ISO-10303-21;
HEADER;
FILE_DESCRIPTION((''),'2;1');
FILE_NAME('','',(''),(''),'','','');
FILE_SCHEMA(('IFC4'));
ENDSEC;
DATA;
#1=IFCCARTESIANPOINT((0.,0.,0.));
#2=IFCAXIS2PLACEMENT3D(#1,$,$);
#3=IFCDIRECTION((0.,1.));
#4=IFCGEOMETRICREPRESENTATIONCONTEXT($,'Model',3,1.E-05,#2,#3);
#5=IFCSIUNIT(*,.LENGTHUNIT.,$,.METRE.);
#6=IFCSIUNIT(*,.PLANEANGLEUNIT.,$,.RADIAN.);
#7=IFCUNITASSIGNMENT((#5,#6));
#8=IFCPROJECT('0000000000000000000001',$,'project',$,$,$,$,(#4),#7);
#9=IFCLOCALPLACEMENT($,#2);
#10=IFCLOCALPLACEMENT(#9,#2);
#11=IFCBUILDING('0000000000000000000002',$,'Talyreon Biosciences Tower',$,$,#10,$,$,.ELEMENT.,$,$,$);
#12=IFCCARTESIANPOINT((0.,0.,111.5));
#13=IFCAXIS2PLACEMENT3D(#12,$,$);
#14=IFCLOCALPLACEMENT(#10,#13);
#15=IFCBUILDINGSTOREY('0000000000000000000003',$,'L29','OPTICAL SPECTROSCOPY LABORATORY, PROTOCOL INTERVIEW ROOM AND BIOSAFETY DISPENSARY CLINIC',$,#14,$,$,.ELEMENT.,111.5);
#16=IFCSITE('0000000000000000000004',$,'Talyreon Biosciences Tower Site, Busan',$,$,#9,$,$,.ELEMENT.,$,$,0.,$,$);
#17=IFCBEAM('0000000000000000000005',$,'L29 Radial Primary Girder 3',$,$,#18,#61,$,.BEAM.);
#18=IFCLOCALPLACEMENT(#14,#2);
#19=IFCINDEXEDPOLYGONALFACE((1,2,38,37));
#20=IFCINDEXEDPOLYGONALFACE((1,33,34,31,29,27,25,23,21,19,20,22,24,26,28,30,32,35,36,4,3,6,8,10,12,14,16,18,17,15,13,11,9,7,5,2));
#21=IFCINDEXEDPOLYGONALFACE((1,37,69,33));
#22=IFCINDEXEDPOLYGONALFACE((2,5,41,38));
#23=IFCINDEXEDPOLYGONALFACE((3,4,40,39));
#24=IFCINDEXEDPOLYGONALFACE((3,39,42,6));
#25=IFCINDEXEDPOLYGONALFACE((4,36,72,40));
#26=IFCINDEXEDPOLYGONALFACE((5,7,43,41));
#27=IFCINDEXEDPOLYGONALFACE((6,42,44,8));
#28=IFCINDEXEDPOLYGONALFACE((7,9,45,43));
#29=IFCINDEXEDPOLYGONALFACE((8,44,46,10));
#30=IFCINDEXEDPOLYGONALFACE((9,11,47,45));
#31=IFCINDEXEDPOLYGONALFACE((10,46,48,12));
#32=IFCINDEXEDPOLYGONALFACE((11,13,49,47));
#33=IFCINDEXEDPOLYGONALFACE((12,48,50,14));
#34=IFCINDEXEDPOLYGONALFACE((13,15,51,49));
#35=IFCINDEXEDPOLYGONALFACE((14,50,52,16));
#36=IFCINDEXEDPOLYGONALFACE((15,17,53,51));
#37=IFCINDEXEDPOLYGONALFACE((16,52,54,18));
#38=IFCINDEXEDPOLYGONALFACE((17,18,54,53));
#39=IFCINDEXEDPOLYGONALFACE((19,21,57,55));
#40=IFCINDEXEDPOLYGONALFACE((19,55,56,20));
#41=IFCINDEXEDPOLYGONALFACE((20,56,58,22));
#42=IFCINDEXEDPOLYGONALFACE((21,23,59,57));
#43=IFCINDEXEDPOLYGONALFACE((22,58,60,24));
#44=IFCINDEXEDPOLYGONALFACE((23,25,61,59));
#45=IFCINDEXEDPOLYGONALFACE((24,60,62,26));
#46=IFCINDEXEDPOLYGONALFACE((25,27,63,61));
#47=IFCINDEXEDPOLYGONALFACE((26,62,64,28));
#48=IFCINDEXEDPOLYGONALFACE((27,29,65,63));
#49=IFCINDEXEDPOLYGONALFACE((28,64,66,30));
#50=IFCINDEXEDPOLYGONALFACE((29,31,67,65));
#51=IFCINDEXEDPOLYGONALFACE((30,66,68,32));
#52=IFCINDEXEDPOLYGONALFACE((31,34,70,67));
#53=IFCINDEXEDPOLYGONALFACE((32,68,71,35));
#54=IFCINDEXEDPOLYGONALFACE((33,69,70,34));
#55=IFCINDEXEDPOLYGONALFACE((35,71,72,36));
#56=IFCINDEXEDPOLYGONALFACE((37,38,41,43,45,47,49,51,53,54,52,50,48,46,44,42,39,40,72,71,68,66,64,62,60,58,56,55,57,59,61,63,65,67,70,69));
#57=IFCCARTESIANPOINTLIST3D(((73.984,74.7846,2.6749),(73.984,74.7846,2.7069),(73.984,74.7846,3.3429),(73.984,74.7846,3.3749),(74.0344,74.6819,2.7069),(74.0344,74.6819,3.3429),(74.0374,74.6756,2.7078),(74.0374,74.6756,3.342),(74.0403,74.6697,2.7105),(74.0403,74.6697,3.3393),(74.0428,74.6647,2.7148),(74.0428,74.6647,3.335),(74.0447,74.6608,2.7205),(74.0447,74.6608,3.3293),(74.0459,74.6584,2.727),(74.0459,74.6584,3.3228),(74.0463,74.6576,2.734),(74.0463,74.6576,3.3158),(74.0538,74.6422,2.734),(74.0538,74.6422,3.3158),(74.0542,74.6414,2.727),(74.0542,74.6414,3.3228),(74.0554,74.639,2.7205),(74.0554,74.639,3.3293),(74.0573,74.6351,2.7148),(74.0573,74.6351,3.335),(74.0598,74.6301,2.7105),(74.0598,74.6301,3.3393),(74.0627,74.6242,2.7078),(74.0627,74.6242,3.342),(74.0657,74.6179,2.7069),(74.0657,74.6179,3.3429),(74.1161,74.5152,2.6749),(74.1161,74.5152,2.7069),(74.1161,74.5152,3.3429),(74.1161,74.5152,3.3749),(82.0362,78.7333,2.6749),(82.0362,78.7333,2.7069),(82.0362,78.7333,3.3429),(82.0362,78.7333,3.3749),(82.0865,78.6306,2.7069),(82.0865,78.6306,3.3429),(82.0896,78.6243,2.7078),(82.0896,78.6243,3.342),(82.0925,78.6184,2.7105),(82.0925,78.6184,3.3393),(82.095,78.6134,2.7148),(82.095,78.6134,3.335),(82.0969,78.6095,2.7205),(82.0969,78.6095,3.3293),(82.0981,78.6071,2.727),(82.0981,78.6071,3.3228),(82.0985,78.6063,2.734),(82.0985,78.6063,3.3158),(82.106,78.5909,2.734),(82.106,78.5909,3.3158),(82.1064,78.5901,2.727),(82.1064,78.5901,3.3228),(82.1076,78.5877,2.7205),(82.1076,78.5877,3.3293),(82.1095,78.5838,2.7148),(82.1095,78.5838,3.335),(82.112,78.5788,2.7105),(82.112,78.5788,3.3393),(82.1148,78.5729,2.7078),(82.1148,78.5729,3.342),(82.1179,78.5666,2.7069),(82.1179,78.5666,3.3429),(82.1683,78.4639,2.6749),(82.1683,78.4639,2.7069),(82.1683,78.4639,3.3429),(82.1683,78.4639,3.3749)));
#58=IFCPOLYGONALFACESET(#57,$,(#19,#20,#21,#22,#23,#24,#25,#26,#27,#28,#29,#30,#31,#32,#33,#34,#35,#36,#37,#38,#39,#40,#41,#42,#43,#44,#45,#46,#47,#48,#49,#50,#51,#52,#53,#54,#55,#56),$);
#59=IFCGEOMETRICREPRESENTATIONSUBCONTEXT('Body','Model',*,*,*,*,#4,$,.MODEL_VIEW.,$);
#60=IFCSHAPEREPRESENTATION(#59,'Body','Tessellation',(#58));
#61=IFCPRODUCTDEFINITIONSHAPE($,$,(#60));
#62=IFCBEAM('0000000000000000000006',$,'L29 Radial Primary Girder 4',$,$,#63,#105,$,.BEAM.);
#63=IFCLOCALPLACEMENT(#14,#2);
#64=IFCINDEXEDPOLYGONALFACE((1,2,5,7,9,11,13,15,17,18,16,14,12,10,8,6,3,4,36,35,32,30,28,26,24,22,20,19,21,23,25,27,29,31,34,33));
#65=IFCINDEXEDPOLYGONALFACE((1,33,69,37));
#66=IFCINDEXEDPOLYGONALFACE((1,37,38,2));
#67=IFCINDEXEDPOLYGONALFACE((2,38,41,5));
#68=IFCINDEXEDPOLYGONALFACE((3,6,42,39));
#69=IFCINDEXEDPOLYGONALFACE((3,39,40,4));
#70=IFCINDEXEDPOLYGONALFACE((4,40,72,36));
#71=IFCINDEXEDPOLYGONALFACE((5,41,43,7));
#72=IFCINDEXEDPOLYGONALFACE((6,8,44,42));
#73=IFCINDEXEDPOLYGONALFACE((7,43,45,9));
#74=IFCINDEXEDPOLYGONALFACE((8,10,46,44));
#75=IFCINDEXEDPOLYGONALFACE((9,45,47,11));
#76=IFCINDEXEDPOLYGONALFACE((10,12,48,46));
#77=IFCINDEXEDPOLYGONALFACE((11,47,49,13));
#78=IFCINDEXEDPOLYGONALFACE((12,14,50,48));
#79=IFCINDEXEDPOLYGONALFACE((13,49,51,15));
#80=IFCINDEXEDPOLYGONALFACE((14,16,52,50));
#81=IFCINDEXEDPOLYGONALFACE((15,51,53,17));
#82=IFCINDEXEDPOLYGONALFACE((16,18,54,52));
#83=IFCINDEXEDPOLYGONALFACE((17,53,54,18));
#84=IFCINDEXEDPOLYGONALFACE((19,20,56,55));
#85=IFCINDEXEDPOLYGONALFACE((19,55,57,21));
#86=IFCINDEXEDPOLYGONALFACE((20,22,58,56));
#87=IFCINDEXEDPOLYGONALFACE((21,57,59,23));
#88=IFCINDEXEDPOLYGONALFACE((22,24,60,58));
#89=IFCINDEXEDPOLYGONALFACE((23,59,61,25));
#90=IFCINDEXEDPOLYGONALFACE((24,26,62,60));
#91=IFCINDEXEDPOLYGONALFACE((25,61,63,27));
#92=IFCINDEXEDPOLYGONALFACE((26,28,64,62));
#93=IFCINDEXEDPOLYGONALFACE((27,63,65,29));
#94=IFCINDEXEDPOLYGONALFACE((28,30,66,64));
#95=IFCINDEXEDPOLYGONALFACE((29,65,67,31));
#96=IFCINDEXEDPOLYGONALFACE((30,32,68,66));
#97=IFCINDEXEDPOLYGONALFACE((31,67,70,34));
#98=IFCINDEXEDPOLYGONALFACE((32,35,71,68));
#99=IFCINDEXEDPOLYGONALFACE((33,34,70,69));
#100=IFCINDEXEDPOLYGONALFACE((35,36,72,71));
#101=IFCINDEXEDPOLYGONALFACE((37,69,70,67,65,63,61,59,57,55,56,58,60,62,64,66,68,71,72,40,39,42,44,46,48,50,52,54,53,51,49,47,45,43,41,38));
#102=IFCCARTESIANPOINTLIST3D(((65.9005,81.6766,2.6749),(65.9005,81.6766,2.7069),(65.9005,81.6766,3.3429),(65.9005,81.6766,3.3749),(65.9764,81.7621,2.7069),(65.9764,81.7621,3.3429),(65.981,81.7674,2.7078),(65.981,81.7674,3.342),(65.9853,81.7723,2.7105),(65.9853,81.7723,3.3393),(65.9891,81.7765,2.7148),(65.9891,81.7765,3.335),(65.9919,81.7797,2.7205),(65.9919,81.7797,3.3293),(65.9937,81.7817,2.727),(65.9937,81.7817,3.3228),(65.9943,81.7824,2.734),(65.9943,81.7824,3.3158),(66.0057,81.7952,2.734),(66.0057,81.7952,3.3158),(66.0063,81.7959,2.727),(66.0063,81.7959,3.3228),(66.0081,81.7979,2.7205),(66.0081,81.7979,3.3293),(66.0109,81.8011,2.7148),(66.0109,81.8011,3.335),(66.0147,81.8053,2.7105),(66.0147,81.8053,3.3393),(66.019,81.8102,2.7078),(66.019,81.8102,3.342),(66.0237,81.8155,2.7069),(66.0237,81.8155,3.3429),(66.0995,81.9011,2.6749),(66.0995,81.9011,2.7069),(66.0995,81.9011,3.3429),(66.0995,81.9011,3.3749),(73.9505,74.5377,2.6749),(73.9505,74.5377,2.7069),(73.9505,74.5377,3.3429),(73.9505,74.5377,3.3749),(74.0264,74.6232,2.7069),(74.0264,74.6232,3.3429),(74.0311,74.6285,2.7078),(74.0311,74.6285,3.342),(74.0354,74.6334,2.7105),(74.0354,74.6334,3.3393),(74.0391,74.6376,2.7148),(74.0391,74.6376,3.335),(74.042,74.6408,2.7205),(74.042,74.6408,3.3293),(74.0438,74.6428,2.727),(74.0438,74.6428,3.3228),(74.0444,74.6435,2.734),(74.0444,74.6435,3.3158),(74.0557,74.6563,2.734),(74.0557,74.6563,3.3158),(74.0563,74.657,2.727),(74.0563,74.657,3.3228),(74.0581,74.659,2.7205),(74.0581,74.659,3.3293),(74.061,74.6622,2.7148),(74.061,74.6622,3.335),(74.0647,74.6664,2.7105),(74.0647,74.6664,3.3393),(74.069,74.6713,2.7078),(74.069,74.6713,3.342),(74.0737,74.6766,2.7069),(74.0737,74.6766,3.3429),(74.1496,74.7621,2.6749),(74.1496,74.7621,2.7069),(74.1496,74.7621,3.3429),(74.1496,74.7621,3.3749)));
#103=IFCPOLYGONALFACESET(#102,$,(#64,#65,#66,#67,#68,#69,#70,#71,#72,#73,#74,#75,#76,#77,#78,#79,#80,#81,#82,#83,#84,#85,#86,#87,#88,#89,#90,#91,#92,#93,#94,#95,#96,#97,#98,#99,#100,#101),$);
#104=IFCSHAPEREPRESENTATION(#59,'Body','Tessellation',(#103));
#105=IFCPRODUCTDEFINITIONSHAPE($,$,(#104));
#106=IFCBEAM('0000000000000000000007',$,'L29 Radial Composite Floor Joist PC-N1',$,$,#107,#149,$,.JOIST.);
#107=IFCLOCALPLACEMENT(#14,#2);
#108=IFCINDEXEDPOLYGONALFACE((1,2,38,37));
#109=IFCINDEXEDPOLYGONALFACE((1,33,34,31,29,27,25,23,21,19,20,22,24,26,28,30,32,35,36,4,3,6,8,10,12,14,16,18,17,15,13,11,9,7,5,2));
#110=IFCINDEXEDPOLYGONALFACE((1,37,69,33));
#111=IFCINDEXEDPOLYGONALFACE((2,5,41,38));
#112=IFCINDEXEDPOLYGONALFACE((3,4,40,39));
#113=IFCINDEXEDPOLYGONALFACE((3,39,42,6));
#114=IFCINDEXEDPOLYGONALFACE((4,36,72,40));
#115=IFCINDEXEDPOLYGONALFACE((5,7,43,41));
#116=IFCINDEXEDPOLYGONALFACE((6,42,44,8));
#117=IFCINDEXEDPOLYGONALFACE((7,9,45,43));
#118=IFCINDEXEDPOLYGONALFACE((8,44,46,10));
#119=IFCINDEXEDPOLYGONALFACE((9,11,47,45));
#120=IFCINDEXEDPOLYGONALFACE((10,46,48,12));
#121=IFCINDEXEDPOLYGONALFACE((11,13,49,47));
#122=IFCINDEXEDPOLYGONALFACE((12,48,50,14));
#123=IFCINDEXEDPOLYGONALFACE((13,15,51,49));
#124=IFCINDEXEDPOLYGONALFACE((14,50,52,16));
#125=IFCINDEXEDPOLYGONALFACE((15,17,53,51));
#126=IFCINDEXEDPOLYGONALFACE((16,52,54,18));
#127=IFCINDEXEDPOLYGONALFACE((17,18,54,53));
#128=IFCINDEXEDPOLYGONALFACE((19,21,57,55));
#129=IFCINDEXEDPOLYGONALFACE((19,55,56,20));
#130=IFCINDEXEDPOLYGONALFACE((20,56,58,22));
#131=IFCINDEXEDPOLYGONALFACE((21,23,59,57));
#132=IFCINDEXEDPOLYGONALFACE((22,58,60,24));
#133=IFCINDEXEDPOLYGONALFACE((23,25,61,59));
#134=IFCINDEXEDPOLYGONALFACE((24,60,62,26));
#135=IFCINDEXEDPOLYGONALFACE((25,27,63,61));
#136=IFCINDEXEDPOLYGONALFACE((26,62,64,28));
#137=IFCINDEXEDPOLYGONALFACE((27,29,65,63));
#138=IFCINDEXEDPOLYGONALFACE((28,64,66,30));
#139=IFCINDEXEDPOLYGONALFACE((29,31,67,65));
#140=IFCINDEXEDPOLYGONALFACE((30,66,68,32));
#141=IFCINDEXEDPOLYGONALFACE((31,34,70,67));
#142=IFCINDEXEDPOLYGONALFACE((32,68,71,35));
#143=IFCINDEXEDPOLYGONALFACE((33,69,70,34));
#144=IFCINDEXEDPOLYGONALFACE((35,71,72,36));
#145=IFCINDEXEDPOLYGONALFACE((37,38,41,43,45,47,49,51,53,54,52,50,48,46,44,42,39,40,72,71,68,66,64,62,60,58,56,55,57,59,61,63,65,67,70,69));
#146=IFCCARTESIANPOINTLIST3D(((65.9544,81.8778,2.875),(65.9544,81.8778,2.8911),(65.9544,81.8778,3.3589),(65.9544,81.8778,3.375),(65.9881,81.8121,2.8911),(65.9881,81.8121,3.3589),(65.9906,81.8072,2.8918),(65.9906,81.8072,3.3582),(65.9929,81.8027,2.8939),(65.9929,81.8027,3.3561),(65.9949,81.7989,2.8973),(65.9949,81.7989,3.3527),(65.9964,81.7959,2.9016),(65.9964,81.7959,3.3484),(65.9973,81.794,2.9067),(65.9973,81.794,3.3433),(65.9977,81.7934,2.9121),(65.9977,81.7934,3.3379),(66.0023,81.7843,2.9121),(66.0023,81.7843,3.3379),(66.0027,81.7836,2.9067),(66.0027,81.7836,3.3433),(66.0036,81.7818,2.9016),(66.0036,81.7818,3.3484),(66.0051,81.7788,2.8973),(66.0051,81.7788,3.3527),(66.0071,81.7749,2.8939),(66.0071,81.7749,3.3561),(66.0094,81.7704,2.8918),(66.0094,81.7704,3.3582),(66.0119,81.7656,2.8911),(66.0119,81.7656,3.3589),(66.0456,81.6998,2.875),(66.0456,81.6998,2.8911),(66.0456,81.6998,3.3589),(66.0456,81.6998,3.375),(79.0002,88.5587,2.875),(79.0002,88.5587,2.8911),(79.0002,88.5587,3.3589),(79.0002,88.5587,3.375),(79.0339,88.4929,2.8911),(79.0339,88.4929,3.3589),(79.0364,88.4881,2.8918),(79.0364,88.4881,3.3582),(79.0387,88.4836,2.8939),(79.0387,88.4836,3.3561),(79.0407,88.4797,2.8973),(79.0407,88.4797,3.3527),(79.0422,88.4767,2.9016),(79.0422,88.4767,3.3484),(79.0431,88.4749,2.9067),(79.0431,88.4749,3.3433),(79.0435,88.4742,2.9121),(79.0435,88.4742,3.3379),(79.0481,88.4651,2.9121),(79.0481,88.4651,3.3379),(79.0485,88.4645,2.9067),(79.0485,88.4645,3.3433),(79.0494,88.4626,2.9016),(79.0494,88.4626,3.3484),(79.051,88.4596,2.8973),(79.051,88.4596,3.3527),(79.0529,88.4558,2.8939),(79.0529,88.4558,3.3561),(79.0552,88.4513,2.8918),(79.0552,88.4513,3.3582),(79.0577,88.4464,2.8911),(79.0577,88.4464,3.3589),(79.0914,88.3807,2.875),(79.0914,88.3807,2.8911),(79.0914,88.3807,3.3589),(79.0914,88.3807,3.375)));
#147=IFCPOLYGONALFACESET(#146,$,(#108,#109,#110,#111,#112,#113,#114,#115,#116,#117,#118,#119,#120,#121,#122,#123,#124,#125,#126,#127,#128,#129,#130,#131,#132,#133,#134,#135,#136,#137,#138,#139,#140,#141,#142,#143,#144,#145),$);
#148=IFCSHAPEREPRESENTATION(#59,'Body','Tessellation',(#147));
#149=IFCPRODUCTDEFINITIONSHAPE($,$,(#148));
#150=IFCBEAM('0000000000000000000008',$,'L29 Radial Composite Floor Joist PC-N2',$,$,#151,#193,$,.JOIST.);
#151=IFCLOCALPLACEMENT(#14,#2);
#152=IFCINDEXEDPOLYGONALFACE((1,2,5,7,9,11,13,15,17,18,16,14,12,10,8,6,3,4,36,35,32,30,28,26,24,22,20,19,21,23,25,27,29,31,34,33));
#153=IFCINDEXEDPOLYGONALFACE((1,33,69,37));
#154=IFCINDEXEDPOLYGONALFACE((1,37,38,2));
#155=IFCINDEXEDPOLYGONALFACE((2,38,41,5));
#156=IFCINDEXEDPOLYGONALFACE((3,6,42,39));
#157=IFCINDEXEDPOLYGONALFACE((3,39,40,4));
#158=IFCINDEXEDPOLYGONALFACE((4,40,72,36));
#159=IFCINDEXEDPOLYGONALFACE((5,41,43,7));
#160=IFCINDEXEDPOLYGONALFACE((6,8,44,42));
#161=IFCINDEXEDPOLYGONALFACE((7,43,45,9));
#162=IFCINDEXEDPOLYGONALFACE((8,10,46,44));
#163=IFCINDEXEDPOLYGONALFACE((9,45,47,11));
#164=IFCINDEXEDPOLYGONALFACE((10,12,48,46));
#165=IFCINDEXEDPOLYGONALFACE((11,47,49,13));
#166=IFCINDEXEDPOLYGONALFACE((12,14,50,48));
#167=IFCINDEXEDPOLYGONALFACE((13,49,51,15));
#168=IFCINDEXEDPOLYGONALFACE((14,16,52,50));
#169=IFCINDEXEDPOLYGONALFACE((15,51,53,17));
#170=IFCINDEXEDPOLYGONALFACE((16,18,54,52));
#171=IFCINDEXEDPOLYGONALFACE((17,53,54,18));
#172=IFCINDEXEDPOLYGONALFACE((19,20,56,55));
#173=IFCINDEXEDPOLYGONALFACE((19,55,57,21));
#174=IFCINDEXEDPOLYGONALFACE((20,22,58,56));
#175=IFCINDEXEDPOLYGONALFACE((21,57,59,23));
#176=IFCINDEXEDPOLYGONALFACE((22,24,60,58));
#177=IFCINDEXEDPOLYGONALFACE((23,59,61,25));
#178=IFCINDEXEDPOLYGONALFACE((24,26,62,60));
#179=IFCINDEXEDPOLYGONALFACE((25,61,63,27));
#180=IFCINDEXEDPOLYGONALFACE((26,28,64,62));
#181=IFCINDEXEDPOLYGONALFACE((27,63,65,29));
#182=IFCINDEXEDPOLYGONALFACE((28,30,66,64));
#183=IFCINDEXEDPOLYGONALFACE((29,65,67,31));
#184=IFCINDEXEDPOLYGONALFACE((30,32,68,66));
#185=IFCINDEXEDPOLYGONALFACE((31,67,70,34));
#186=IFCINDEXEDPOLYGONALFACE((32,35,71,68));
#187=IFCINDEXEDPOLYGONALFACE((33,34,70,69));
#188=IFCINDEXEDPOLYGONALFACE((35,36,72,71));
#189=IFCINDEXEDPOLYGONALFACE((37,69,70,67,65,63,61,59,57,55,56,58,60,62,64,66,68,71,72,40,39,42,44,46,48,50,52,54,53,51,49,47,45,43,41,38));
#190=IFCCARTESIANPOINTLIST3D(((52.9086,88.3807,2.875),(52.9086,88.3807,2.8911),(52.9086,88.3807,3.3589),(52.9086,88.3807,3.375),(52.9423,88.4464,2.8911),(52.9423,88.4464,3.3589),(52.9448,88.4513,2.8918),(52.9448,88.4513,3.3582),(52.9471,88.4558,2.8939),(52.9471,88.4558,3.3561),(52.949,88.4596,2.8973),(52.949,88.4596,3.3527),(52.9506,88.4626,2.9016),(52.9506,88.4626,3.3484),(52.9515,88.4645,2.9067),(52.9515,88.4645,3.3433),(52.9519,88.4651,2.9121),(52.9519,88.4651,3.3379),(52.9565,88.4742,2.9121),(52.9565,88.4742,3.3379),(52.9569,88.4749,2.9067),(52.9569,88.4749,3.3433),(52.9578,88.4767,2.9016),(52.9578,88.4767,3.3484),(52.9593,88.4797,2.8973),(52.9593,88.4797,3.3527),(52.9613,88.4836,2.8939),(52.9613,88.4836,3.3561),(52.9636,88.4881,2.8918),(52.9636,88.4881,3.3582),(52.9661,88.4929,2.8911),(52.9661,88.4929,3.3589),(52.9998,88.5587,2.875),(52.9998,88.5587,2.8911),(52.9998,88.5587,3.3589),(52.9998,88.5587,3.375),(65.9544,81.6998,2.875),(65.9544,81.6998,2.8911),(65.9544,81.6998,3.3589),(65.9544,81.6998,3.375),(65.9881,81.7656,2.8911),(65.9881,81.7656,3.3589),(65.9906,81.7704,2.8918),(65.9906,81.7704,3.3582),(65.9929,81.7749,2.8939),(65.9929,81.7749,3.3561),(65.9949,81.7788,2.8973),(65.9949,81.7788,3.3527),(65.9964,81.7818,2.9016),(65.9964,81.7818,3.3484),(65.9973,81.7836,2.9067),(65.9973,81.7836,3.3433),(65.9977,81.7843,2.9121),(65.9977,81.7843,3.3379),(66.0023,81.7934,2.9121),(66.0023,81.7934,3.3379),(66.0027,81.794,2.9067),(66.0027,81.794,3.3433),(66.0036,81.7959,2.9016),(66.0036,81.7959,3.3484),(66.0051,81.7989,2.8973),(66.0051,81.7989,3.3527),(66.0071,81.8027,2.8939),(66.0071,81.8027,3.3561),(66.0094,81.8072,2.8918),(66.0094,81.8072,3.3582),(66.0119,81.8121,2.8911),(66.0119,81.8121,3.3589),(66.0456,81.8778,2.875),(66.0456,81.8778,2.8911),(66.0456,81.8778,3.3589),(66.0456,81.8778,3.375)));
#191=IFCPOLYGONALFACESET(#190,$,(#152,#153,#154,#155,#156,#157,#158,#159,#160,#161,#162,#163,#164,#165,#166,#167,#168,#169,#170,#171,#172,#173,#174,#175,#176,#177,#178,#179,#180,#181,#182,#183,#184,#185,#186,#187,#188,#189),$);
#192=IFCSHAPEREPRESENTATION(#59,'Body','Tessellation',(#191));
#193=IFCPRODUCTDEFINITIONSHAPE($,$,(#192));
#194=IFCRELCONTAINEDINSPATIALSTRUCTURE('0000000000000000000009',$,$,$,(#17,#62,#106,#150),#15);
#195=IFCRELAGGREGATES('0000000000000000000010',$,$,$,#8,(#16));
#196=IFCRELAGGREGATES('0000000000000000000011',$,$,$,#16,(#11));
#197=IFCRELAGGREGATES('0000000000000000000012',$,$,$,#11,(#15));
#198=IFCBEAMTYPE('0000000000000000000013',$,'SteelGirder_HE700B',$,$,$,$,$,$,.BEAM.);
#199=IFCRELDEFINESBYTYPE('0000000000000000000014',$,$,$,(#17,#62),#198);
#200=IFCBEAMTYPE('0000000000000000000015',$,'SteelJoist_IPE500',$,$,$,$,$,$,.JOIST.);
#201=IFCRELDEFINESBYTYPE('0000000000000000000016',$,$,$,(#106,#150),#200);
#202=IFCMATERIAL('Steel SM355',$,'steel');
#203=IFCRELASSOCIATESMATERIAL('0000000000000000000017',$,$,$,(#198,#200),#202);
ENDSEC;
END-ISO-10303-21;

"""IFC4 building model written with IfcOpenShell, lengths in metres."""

from ifc_helpers import new_model, si_unit, direction, frame, origin, origin_2d, place, context, subcontext, project, spatial, i_section, extrude, material, material_profile, profile_set, type_object, element, save


model = new_model("IFC4")

# Units and contexts
model_context = context("Model", 3, precision=1e-05, world=origin(), true_north=direction((0.0, 1.0)))
body_context = subcontext(model_context, "Body", "Model", "MODEL_VIEW")
ifc_project = project(units=[si_unit("LENGTHUNIT", "METRE"), si_unit("PLANEANGLEUNIT", "RADIAN")], contexts=[model_context])

# Site, building, storey
site_placement = place(None, origin())
site = spatial("IfcSite", under=ifc_project, at=site_placement, Name="Talyreon Biosciences Tower Site, Busan", CompositionType="ELEMENT", RefElevation=0.0)
building_placement = place(site_placement, origin())
building = spatial("IfcBuilding", under=site, at=building_placement, Name="Talyreon Biosciences Tower", CompositionType="ELEMENT")
storey_placement = place(building_placement, frame((0.0, 0.0, 111.5)))
storey = spatial("IfcBuildingStorey", under=building, at=storey_placement, Name="L29", Description="OPTICAL SPECTROSCOPY LABORATORY, PROTOCOL INTERVIEW ROOM AND BIOSAFETY DISPENSARY CLINIC", CompositionType="ELEMENT", Elevation=111.5)

# Beams
ifc_material_1 = material(Name="Steel SM355", Category="steel")
ifc_material_profile_1 = material_profile(ifc_material_1, i_section(OverallWidth=0.3, OverallDepth=0.7, WebThickness=0.0171, FlangeThickness=0.032, FilletRadius=0.0271, at=origin_2d()), Name="HE700B")
ifc_profile_set_1 = profile_set([ifc_material_profile_1], Name="Steel SM355")
beam_type_1 = type_object("IfcBeamType", Name="SteelGirder_HE700B", PredefinedType="BEAM", material=ifc_profile_set_1)
beam_1_placement = place(storey_placement, frame((74.05, 74.6499, 3.0249), z_axis=(0.897852, 0.440297, 0.0), x_axis=(-0.440297, 0.897852, 0.0)))
element("IfcBeam", 1, at=beam_1_placement, inside=storey, type_object=beam_type_1, Name="L29 Radial Primary Girder 3", PredefinedType="BEAM", context=body_context, shape_type="SweptSolid", body=[
    extrude(i_section(OverallWidth=0.3, OverallDepth=0.7, WebThickness=0.0171, FlangeThickness=0.032, FilletRadius=0.0271, at=origin_2d()), origin(), (0.0, 0.0, 1.0), 8.9683),
])
beam_2_placement = place(storey_placement, frame((74.05, 74.6499, 3.0249), z_axis=(-0.748179, 0.663497, 0.0), x_axis=(-0.663497, -0.748179, 0.0)))
element("IfcBeam", 2, at=beam_2_placement, inside=storey, type_object=beam_type_1, Name="L29 Radial Primary Girder 4", PredefinedType="BEAM", context=body_context, shape_type="SweptSolid", body=[
    extrude(i_section(OverallWidth=0.3, OverallDepth=0.7, WebThickness=0.0171, FlangeThickness=0.032, FilletRadius=0.0271, at=origin_2d()), origin(), (0.0, 0.0, 1.0), 10.7595),
])
ifc_material_profile_2 = material_profile(ifc_material_1, i_section(OverallWidth=0.2, OverallDepth=0.5, WebThickness=0.0103, FlangeThickness=0.0161, FilletRadius=0.021, at=origin_2d()), Name="IPE500")
ifc_profile_set_2 = profile_set([ifc_material_profile_2], Name="Steel SM355")
beam_type_2 = type_object("IfcBeamType", Name="SteelJoist_IPE500", PredefinedType="JOIST", material=ifc_profile_set_2)
for number, where, z_axis, x_axis, name in (
    (3, (66.0, 81.7888, 3.125), (0.890075, 0.455814, 0.0), (-0.455814, 0.890075, 0.0), "L29 Radial Composite Floor Joist PC-N1"),
    (4, (66.0, 81.7888, 3.125), (-0.890075, 0.455814, 0.0), (-0.455814, -0.890075, 0.0), "L29 Radial Composite Floor Joist PC-N2"),
):
    element("IfcBeam", number, at=place(storey_placement, frame(where, z_axis=z_axis, x_axis=x_axis)), inside=storey, type_object=beam_type_2, Name=name, PredefinedType="JOIST", context=body_context, shape_type="SweptSolid", body=[
        extrude(i_section(OverallWidth=0.2, OverallDepth=0.5, WebThickness=0.0103, FlangeThickness=0.0161, FilletRadius=0.021, at=origin_2d()), origin(), (0.0, 0.0, 1.0), 14.657),
    ])

save(model, "model.ifc")
